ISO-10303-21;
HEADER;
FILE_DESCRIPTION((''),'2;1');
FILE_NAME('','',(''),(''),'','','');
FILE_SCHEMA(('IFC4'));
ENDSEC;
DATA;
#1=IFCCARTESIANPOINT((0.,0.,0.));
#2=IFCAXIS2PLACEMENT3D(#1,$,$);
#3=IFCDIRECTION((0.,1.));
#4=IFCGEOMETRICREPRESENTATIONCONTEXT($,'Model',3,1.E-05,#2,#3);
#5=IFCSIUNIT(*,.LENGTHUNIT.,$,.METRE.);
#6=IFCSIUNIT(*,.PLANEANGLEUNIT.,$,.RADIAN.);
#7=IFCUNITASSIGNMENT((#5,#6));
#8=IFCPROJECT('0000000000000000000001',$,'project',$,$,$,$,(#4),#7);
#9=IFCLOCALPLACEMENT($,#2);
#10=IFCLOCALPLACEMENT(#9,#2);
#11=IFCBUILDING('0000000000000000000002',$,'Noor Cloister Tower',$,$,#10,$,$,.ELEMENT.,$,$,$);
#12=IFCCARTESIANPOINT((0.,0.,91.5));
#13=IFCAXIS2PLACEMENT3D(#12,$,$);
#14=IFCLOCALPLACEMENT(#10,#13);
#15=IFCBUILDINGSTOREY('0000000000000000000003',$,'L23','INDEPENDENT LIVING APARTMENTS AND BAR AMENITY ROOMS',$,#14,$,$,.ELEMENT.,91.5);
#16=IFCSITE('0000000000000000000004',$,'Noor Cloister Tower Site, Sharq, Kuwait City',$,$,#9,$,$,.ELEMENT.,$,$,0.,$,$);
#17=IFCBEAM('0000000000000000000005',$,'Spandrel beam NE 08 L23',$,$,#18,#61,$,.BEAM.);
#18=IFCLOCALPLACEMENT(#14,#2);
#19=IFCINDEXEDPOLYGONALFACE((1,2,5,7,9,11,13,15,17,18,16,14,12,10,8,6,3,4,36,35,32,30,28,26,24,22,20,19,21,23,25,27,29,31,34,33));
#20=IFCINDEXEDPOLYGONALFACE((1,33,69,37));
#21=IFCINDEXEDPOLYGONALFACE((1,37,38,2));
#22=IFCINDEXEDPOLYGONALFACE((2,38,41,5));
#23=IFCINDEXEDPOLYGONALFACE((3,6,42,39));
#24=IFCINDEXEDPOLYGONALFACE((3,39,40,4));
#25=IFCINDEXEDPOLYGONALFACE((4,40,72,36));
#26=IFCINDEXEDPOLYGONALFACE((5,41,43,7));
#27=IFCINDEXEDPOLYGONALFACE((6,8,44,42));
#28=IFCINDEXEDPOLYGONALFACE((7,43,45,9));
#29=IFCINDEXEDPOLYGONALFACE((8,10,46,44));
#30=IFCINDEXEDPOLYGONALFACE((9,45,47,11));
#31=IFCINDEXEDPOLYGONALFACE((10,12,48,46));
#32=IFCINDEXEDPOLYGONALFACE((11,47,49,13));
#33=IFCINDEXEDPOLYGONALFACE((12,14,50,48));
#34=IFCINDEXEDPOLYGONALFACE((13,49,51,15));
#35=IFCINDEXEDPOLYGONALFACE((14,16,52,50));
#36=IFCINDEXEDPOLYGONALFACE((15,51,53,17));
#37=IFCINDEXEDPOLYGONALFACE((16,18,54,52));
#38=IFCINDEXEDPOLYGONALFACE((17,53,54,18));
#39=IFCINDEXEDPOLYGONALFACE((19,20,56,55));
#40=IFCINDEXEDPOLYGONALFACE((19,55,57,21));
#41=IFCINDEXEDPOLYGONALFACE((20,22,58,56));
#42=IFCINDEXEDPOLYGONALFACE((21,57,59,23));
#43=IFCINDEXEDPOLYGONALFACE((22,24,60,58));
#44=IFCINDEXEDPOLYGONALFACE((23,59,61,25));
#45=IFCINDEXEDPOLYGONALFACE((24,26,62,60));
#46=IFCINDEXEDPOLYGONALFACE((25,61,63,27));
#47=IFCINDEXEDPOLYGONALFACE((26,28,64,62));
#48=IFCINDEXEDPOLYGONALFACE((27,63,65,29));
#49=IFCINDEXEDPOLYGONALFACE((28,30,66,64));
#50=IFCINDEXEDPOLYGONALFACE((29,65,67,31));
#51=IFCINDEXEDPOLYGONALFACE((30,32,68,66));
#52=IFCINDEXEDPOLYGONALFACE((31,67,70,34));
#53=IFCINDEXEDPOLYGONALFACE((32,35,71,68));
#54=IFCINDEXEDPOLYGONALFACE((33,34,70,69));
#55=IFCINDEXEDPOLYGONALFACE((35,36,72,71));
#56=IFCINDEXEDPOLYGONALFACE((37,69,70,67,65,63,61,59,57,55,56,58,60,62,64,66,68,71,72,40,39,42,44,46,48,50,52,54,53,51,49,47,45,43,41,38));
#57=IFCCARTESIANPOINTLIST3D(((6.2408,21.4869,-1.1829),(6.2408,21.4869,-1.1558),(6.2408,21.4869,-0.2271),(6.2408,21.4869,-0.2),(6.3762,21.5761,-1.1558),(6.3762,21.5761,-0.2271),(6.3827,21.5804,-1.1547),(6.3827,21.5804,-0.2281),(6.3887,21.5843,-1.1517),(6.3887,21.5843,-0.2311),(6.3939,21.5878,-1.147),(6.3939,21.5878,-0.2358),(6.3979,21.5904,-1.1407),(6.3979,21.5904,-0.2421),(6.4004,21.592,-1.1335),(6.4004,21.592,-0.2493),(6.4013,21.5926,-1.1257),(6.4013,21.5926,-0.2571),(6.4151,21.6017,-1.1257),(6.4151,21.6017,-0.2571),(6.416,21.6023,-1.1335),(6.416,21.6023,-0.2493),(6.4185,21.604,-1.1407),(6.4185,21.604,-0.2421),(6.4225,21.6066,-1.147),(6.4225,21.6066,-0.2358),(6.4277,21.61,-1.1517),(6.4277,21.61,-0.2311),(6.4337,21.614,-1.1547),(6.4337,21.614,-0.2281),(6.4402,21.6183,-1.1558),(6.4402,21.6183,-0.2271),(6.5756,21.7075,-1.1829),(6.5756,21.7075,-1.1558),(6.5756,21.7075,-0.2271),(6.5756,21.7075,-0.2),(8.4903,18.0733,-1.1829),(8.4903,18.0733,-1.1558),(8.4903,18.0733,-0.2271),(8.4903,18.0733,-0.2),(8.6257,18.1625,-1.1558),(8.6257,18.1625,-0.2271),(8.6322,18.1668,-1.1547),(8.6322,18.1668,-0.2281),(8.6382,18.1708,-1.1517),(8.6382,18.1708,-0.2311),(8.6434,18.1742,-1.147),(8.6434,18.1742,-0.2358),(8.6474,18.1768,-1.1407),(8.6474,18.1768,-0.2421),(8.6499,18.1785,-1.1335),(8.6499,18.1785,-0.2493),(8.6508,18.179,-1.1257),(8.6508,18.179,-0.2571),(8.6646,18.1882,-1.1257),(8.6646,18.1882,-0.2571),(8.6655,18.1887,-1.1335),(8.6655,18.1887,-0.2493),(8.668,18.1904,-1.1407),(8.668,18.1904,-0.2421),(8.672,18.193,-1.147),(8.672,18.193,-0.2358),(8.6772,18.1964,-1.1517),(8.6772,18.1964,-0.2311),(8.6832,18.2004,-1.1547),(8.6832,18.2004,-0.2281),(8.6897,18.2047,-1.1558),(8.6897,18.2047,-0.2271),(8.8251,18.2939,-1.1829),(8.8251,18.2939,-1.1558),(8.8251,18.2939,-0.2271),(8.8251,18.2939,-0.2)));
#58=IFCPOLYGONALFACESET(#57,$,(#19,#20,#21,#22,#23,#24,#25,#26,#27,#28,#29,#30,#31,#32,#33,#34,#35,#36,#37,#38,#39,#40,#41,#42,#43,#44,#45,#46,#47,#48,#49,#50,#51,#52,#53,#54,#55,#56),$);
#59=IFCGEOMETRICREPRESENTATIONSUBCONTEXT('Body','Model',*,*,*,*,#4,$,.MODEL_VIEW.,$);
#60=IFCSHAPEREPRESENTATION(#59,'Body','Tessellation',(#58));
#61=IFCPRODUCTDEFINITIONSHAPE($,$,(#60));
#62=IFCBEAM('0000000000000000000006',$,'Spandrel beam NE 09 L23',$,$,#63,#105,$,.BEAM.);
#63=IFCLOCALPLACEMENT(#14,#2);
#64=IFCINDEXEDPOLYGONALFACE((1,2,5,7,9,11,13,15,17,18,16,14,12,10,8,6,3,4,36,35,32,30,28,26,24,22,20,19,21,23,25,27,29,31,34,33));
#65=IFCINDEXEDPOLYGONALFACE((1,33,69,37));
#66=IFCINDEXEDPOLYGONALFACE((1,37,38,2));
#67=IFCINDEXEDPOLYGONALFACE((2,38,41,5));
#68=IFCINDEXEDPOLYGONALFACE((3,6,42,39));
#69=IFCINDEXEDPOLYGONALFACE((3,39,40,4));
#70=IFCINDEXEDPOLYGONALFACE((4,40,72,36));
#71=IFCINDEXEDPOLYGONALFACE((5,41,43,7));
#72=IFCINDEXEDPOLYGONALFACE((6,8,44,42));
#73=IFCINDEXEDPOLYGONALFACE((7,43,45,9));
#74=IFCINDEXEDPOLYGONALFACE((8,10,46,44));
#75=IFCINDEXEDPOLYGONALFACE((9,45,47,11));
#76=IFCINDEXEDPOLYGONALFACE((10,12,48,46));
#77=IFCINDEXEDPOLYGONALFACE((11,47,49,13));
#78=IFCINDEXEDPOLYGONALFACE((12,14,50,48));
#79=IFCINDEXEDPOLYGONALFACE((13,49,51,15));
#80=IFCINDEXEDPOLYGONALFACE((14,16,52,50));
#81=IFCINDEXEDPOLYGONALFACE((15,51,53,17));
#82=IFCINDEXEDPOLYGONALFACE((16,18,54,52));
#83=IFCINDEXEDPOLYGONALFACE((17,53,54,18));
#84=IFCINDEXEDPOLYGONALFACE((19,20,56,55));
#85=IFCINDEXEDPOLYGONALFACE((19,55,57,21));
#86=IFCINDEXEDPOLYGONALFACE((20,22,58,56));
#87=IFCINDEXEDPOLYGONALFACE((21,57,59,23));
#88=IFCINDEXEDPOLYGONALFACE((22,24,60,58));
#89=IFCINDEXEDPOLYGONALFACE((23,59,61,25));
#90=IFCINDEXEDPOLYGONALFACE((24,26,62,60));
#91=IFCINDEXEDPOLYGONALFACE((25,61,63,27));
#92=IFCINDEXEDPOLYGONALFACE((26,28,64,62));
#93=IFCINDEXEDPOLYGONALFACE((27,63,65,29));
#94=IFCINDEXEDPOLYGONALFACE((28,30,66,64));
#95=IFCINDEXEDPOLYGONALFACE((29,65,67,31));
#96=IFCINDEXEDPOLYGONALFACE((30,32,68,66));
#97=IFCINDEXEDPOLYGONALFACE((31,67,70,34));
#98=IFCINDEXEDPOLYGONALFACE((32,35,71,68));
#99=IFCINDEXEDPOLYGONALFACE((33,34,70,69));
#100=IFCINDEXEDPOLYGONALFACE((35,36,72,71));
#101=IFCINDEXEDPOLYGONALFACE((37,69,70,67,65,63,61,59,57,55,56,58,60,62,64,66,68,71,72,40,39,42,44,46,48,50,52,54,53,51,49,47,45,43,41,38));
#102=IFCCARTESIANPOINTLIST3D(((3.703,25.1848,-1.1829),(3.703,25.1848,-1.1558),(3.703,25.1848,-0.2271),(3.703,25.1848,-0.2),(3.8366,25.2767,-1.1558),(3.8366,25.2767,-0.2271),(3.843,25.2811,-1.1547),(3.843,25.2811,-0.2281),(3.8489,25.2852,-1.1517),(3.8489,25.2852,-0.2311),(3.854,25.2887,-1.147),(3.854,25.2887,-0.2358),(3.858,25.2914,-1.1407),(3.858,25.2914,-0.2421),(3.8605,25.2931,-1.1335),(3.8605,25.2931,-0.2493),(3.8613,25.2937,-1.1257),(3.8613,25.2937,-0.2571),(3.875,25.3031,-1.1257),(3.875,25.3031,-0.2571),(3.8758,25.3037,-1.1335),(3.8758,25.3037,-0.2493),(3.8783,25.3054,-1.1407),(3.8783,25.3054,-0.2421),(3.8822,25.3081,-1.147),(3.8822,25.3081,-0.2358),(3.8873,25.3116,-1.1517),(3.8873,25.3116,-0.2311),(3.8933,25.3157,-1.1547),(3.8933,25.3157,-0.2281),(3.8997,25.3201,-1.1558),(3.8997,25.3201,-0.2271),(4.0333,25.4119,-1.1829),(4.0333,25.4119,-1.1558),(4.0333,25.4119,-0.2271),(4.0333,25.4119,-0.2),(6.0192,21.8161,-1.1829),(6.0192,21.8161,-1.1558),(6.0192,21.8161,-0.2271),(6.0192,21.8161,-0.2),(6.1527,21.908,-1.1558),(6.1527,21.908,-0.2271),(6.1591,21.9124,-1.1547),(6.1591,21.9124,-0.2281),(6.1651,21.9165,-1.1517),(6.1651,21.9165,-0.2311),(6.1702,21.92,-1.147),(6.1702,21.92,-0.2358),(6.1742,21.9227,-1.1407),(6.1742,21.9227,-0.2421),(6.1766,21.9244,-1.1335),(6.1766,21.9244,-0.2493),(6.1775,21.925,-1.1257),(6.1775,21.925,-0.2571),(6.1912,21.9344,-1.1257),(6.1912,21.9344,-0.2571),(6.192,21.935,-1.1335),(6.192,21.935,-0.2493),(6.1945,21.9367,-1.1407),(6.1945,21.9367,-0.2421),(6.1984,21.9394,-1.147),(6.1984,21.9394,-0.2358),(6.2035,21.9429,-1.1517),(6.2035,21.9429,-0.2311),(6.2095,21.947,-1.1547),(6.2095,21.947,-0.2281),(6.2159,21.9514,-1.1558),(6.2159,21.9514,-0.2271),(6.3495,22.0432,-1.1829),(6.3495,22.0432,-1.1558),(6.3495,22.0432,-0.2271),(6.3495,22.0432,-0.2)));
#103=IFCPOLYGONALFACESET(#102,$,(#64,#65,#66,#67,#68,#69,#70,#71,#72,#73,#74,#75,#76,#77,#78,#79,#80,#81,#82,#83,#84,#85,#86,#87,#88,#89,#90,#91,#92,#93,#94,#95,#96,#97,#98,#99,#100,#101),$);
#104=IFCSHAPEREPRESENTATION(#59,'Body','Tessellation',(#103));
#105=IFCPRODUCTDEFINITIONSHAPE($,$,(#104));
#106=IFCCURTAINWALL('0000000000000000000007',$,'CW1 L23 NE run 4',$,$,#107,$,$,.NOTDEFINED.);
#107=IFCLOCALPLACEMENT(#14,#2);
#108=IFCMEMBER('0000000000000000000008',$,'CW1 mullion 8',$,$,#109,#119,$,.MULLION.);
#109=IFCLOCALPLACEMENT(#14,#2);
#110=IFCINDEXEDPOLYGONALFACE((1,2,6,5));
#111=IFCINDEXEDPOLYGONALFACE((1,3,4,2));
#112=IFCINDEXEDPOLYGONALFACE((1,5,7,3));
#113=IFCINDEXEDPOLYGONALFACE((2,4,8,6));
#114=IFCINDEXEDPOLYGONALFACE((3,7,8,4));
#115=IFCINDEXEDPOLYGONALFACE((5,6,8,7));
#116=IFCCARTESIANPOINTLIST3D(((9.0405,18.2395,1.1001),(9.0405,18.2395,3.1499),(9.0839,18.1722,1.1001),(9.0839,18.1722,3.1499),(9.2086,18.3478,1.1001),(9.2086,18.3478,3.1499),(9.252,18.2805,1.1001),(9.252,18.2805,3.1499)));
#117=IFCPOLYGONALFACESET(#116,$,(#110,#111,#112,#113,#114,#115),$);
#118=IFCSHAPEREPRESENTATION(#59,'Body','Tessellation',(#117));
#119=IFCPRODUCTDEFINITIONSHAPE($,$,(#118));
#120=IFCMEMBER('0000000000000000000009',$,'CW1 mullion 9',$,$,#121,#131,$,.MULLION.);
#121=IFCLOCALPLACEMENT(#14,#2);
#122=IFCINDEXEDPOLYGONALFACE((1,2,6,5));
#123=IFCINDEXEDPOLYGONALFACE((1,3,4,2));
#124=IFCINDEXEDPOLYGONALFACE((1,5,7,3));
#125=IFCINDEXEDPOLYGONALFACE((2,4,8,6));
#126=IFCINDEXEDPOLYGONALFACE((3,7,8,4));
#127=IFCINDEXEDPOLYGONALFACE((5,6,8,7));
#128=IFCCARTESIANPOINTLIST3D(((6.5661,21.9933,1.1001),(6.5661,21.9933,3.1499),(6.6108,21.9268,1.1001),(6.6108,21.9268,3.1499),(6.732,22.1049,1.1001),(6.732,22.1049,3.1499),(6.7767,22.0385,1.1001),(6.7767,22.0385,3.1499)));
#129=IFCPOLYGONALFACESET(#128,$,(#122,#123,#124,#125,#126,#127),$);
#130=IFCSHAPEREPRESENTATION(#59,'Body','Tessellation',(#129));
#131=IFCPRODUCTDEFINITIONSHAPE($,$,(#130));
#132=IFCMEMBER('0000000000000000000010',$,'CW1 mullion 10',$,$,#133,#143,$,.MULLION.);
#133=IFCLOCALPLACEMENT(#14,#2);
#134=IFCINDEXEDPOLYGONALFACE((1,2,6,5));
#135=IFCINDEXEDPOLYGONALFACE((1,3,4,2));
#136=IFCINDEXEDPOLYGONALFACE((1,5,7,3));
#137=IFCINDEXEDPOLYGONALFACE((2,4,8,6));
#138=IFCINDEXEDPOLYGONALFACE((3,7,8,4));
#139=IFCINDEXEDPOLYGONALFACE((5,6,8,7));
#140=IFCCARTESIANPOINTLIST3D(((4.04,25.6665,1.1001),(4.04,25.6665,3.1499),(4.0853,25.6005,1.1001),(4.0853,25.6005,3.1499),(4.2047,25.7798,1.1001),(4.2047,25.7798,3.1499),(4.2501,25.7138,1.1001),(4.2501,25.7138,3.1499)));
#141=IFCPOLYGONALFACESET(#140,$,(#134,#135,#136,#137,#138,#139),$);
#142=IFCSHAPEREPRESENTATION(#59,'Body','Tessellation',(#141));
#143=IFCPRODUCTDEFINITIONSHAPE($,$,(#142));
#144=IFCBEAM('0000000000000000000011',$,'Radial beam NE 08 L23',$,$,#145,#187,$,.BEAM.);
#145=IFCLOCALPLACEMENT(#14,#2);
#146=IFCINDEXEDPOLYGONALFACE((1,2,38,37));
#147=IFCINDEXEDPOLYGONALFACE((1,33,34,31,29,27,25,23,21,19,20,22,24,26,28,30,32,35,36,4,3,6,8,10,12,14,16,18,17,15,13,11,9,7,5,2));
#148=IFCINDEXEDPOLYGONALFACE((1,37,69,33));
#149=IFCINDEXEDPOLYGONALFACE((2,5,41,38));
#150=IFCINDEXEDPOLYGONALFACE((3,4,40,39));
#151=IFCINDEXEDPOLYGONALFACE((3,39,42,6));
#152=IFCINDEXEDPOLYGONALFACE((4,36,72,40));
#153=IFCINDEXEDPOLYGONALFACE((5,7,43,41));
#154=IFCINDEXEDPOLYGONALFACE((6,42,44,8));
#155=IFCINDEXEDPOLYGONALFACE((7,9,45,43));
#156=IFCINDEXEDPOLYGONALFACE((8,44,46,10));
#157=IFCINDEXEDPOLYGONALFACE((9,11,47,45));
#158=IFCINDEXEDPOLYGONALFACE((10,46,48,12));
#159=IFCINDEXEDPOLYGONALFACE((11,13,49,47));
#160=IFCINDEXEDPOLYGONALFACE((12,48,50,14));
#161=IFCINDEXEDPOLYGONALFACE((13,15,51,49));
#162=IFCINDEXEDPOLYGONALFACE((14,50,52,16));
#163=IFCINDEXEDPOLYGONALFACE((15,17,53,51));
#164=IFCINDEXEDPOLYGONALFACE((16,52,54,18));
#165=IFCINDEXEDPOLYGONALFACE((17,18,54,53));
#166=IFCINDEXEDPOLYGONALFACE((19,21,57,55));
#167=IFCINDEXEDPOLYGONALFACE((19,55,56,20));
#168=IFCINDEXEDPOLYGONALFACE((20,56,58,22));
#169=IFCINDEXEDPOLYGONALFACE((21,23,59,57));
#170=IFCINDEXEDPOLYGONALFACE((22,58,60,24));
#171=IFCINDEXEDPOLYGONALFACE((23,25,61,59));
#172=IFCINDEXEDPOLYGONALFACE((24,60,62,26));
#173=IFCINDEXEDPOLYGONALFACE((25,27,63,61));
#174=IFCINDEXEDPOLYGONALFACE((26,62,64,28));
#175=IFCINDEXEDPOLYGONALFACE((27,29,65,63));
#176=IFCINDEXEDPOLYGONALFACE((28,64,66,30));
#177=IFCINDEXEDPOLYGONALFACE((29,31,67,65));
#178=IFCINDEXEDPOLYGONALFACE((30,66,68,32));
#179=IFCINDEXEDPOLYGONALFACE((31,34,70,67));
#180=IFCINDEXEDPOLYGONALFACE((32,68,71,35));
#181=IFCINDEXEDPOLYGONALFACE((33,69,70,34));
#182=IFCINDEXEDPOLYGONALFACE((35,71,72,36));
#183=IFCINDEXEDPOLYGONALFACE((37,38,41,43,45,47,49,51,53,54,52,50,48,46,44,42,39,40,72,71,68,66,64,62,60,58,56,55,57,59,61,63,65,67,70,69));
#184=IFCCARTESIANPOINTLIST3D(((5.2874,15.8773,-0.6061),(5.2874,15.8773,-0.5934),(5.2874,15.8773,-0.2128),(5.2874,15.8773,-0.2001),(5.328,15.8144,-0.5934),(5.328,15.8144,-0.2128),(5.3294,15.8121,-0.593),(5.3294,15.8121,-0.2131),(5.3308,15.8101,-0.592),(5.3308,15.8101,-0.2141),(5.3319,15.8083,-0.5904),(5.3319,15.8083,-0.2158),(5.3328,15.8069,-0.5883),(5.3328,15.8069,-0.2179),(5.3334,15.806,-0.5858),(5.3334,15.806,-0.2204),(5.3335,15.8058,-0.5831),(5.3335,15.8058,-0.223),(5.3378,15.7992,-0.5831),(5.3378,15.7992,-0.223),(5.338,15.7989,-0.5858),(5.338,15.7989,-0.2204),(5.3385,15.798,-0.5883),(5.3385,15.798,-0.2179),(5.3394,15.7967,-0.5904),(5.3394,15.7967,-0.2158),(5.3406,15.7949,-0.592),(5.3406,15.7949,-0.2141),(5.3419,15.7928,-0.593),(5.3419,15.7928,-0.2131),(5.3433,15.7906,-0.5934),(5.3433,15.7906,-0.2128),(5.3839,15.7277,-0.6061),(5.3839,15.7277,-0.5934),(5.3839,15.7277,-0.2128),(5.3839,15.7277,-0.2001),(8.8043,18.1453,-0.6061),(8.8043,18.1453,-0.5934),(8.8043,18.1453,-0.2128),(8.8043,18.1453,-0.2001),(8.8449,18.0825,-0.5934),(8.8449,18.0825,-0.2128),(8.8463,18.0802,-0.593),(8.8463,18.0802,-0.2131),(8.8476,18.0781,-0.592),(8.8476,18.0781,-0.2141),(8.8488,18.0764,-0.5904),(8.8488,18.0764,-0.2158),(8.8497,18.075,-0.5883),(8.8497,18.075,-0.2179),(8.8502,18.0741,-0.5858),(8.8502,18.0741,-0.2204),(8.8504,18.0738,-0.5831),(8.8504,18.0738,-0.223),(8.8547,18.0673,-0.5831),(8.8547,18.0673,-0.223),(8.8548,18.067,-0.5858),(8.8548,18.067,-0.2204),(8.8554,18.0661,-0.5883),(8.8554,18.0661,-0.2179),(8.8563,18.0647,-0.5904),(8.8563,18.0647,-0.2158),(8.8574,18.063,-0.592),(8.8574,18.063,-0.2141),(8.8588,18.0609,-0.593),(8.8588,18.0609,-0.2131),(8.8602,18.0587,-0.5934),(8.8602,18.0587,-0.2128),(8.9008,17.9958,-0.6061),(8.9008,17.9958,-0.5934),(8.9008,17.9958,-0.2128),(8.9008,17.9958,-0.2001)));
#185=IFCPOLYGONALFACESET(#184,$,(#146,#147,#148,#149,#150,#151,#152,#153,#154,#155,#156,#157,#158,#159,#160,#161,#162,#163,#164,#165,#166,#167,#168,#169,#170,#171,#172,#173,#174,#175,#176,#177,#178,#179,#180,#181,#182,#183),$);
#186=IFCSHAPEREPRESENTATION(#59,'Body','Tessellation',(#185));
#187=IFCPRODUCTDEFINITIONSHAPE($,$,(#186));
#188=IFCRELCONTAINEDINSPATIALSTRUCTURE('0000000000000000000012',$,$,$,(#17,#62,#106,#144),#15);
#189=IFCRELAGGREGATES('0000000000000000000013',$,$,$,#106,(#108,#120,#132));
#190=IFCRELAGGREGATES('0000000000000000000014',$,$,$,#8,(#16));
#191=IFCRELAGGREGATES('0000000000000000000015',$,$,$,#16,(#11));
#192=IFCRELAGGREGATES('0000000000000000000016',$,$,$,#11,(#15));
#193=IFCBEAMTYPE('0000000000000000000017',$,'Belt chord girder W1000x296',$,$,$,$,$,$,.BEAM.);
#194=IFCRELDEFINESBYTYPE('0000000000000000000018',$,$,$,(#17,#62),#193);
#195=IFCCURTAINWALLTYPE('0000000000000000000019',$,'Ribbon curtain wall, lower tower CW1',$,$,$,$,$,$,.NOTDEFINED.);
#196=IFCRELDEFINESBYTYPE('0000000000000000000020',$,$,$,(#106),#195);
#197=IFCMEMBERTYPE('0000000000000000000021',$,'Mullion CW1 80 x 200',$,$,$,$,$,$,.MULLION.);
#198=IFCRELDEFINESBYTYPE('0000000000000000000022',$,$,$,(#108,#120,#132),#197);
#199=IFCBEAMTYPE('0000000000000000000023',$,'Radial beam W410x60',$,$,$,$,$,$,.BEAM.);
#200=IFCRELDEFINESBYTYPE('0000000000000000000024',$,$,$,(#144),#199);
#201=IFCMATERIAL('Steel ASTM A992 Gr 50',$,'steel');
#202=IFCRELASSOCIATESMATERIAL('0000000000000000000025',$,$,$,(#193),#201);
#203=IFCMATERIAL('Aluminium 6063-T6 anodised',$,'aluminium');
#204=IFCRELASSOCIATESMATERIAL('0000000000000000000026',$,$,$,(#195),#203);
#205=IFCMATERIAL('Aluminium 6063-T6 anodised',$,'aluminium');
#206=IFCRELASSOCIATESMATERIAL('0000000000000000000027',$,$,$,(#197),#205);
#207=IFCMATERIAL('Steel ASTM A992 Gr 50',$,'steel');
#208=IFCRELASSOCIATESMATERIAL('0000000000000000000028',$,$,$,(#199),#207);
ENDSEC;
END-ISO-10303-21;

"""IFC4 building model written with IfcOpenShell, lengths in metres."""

from ifc_helpers import new_model, si_unit, direction, frame, origin, origin_2d, place, context, subcontext, project, spatial, rectangle, i_section, extrude, material, material_profile, profile_set, type_object, element, aggregate, save


model = new_model("IFC4")

# Units and contexts
model_context = context("Model", 3, precision=1e-05, world=origin(), true_north=direction((0.0, 1.0)))
body_context = subcontext(model_context, "Body", "Model", "MODEL_VIEW")
ifc_project = project(units=[si_unit("LENGTHUNIT", "METRE"), si_unit("PLANEANGLEUNIT", "RADIAN")], contexts=[model_context])

# Site, building, storey
site_placement = place(None, origin())
site = spatial("IfcSite", under=ifc_project, at=site_placement, Name="Noor Cloister Tower Site, Sharq, Kuwait City", CompositionType="ELEMENT", RefElevation=0.0)
building_placement = place(site_placement, origin())
building = spatial("IfcBuilding", under=site, at=building_placement, Name="Noor Cloister Tower", CompositionType="ELEMENT")
storey_placement = place(building_placement, frame((0.0, 0.0, 91.5)))
storey = spatial("IfcBuildingStorey", under=building, at=storey_placement, Name="L23", Description="INDEPENDENT LIVING APARTMENTS AND BAR AMENITY ROOMS", CompositionType="ELEMENT", Elevation=91.5)

# Beams
ifc_material_1 = material(Name="Steel ASTM A992 Gr 50", Category="steel")
ifc_material_profile_1 = material_profile(ifc_material_1, i_section(OverallWidth=0.4009, OverallDepth=0.9829, WebThickness=0.0166, FlangeThickness=0.0271, FilletRadius=0.03, at=origin_2d()), Name="W1000x296")
ifc_profile_set_1 = profile_set([ifc_material_profile_1], Name="Steel ASTM A992 Gr 50")
beam_type_1 = type_object("IfcBeamType", Name="Belt chord girder W1000x296", PredefinedType="BEAM", material=ifc_profile_set_1)
for number, where, z_axis, x_axis, name in (
    (1, (8.6577, 18.1836, -0.6914), (-0.550255, 0.834997, 0.0), (-0.834997, -0.550255, 0.0), "Spandrel beam NE 08 L23"),
    (2, (6.1843, 21.9297, -0.6914), (-0.566564, 0.824018, 0.0), (-0.824018, -0.566564, 0.0), "Spandrel beam NE 09 L23"),
):
    element("IfcBeam", number, at=place(storey_placement, frame(where, z_axis=z_axis, x_axis=x_axis)), inside=storey, type_object=beam_type_1, Name=name, PredefinedType="BEAM", context=body_context, shape_type="SweptSolid", body=[
        extrude(i_section(OverallWidth=0.4009, OverallDepth=0.9829, WebThickness=0.0166, FlangeThickness=0.0271, FilletRadius=0.03, at=origin_2d()), origin(), (0.0, 0.0, 1.0), 4.0881),
    ])

# Curtain wall, members
ifc_material_2 = material(Name="Aluminium 6063-T6 anodised", Category="aluminium")
curtain_wall_type = type_object("IfcCurtainWallType", Name="Ribbon curtain wall, lower tower CW1", PredefinedType="NOTDEFINED", material=ifc_material_2)
curtain_wall_placement = place(storey_placement, origin())
curtain_wall = element("IfcCurtainWall", 3, at=curtain_wall_placement, inside=storey, type_object=curtain_wall_type, Name="CW1 L23 NE run 4", PredefinedType="NOTDEFINED")
ifc_material_3 = material(Name="Aluminium 6063-T6 anodised", Category="aluminium")
ifc_material_profile_2 = material_profile(ifc_material_3, rectangle(XDim=0.2, YDim=0.0801, at=origin_2d()), Name="200 x 80 mullion")
ifc_profile_set_2 = profile_set([ifc_material_profile_2], Name="Aluminium 6063-T6 anodised")
member_type = type_object("IfcMemberType", Name="Mullion CW1 80 x 200", PredefinedType="MULLION", material=ifc_profile_set_2)
member_1_placement = place(storey_placement, frame((9.1462, 18.26, 1.1001), z_axis=(0.0, 0.0, 1.0), x_axis=(-0.840383, -0.541993, 0.0)))
member_1 = element("IfcMember", 4, at=member_1_placement, type_object=member_type, Name="CW1 mullion 8", PredefinedType="MULLION", context=body_context, shape_type="SweptSolid", body=[
    extrude(rectangle(XDim=0.2, YDim=0.0801, at=origin_2d()), origin(), (0.0, 0.0, 1.0), 2.0498),
])
member_2_placement = place(storey_placement, frame((6.6714, 22.0159, 1.1001), z_axis=(0.0, 0.0, 1.0), x_axis=(-0.829553, -0.558429, 0.0)))
member_2 = element("IfcMember", 5, at=member_2_placement, type_object=member_type, Name="CW1 mullion 9", PredefinedType="MULLION", context=body_context, shape_type="SweptSolid", body=[
    extrude(rectangle(XDim=0.2, YDim=0.0801, at=origin_2d()), origin(), (0.0, 0.0, 1.0), 2.0498),
])
member_3_placement = place(storey_placement, frame((4.145, 25.6902, 1.1001), z_axis=(0.0, 0.0, 1.0), x_axis=(-0.824017, -0.566566, 0.0)))
member_3 = element("IfcMember", 6, at=member_3_placement, type_object=member_type, Name="CW1 mullion 10", PredefinedType="MULLION", context=body_context, shape_type="SweptSolid", body=[
    extrude(rectangle(XDim=0.2, YDim=0.0801, at=origin_2d()), origin(), (0.0, 0.0, 1.0), 2.0498),
])

# Beam
ifc_material_4 = material(Name="Steel ASTM A992 Gr 50", Category="steel")
ifc_material_profile_3 = material_profile(ifc_material_4, i_section(OverallWidth=0.178, OverallDepth=0.406, WebThickness=0.0078, FlangeThickness=0.0127, FilletRadius=0.0103, at=origin_2d()), Name="W410x60")
ifc_profile_set_3 = profile_set([ifc_material_profile_3], Name="Steel ASTM A992 Gr 50")
beam_type_2 = type_object("IfcBeamType", Name="Radial beam W410x60", PredefinedType="BEAM", material=ifc_profile_set_3)
beam_1_placement = place(storey_placement, frame((8.8525, 18.0706, -0.4031), z_axis=(-0.840391, -0.541981, 0.0), x_axis=(0.541981, -0.840391, 0.0)))
element("IfcBeam", 7, at=beam_1_placement, inside=storey, type_object=beam_type_2, Name="Radial beam NE 08 L23", PredefinedType="BEAM", context=body_context, shape_type="SweptSolid", body=[
    extrude(i_section(OverallWidth=0.178, OverallDepth=0.406, WebThickness=0.0078, FlangeThickness=0.0127, FilletRadius=0.0103, at=origin_2d()), origin(), (0.0, 0.0, 1.0), 4.1848),
])

aggregate(curtain_wall, [member_1, member_2, member_3])

save(model, "model.ifc")
